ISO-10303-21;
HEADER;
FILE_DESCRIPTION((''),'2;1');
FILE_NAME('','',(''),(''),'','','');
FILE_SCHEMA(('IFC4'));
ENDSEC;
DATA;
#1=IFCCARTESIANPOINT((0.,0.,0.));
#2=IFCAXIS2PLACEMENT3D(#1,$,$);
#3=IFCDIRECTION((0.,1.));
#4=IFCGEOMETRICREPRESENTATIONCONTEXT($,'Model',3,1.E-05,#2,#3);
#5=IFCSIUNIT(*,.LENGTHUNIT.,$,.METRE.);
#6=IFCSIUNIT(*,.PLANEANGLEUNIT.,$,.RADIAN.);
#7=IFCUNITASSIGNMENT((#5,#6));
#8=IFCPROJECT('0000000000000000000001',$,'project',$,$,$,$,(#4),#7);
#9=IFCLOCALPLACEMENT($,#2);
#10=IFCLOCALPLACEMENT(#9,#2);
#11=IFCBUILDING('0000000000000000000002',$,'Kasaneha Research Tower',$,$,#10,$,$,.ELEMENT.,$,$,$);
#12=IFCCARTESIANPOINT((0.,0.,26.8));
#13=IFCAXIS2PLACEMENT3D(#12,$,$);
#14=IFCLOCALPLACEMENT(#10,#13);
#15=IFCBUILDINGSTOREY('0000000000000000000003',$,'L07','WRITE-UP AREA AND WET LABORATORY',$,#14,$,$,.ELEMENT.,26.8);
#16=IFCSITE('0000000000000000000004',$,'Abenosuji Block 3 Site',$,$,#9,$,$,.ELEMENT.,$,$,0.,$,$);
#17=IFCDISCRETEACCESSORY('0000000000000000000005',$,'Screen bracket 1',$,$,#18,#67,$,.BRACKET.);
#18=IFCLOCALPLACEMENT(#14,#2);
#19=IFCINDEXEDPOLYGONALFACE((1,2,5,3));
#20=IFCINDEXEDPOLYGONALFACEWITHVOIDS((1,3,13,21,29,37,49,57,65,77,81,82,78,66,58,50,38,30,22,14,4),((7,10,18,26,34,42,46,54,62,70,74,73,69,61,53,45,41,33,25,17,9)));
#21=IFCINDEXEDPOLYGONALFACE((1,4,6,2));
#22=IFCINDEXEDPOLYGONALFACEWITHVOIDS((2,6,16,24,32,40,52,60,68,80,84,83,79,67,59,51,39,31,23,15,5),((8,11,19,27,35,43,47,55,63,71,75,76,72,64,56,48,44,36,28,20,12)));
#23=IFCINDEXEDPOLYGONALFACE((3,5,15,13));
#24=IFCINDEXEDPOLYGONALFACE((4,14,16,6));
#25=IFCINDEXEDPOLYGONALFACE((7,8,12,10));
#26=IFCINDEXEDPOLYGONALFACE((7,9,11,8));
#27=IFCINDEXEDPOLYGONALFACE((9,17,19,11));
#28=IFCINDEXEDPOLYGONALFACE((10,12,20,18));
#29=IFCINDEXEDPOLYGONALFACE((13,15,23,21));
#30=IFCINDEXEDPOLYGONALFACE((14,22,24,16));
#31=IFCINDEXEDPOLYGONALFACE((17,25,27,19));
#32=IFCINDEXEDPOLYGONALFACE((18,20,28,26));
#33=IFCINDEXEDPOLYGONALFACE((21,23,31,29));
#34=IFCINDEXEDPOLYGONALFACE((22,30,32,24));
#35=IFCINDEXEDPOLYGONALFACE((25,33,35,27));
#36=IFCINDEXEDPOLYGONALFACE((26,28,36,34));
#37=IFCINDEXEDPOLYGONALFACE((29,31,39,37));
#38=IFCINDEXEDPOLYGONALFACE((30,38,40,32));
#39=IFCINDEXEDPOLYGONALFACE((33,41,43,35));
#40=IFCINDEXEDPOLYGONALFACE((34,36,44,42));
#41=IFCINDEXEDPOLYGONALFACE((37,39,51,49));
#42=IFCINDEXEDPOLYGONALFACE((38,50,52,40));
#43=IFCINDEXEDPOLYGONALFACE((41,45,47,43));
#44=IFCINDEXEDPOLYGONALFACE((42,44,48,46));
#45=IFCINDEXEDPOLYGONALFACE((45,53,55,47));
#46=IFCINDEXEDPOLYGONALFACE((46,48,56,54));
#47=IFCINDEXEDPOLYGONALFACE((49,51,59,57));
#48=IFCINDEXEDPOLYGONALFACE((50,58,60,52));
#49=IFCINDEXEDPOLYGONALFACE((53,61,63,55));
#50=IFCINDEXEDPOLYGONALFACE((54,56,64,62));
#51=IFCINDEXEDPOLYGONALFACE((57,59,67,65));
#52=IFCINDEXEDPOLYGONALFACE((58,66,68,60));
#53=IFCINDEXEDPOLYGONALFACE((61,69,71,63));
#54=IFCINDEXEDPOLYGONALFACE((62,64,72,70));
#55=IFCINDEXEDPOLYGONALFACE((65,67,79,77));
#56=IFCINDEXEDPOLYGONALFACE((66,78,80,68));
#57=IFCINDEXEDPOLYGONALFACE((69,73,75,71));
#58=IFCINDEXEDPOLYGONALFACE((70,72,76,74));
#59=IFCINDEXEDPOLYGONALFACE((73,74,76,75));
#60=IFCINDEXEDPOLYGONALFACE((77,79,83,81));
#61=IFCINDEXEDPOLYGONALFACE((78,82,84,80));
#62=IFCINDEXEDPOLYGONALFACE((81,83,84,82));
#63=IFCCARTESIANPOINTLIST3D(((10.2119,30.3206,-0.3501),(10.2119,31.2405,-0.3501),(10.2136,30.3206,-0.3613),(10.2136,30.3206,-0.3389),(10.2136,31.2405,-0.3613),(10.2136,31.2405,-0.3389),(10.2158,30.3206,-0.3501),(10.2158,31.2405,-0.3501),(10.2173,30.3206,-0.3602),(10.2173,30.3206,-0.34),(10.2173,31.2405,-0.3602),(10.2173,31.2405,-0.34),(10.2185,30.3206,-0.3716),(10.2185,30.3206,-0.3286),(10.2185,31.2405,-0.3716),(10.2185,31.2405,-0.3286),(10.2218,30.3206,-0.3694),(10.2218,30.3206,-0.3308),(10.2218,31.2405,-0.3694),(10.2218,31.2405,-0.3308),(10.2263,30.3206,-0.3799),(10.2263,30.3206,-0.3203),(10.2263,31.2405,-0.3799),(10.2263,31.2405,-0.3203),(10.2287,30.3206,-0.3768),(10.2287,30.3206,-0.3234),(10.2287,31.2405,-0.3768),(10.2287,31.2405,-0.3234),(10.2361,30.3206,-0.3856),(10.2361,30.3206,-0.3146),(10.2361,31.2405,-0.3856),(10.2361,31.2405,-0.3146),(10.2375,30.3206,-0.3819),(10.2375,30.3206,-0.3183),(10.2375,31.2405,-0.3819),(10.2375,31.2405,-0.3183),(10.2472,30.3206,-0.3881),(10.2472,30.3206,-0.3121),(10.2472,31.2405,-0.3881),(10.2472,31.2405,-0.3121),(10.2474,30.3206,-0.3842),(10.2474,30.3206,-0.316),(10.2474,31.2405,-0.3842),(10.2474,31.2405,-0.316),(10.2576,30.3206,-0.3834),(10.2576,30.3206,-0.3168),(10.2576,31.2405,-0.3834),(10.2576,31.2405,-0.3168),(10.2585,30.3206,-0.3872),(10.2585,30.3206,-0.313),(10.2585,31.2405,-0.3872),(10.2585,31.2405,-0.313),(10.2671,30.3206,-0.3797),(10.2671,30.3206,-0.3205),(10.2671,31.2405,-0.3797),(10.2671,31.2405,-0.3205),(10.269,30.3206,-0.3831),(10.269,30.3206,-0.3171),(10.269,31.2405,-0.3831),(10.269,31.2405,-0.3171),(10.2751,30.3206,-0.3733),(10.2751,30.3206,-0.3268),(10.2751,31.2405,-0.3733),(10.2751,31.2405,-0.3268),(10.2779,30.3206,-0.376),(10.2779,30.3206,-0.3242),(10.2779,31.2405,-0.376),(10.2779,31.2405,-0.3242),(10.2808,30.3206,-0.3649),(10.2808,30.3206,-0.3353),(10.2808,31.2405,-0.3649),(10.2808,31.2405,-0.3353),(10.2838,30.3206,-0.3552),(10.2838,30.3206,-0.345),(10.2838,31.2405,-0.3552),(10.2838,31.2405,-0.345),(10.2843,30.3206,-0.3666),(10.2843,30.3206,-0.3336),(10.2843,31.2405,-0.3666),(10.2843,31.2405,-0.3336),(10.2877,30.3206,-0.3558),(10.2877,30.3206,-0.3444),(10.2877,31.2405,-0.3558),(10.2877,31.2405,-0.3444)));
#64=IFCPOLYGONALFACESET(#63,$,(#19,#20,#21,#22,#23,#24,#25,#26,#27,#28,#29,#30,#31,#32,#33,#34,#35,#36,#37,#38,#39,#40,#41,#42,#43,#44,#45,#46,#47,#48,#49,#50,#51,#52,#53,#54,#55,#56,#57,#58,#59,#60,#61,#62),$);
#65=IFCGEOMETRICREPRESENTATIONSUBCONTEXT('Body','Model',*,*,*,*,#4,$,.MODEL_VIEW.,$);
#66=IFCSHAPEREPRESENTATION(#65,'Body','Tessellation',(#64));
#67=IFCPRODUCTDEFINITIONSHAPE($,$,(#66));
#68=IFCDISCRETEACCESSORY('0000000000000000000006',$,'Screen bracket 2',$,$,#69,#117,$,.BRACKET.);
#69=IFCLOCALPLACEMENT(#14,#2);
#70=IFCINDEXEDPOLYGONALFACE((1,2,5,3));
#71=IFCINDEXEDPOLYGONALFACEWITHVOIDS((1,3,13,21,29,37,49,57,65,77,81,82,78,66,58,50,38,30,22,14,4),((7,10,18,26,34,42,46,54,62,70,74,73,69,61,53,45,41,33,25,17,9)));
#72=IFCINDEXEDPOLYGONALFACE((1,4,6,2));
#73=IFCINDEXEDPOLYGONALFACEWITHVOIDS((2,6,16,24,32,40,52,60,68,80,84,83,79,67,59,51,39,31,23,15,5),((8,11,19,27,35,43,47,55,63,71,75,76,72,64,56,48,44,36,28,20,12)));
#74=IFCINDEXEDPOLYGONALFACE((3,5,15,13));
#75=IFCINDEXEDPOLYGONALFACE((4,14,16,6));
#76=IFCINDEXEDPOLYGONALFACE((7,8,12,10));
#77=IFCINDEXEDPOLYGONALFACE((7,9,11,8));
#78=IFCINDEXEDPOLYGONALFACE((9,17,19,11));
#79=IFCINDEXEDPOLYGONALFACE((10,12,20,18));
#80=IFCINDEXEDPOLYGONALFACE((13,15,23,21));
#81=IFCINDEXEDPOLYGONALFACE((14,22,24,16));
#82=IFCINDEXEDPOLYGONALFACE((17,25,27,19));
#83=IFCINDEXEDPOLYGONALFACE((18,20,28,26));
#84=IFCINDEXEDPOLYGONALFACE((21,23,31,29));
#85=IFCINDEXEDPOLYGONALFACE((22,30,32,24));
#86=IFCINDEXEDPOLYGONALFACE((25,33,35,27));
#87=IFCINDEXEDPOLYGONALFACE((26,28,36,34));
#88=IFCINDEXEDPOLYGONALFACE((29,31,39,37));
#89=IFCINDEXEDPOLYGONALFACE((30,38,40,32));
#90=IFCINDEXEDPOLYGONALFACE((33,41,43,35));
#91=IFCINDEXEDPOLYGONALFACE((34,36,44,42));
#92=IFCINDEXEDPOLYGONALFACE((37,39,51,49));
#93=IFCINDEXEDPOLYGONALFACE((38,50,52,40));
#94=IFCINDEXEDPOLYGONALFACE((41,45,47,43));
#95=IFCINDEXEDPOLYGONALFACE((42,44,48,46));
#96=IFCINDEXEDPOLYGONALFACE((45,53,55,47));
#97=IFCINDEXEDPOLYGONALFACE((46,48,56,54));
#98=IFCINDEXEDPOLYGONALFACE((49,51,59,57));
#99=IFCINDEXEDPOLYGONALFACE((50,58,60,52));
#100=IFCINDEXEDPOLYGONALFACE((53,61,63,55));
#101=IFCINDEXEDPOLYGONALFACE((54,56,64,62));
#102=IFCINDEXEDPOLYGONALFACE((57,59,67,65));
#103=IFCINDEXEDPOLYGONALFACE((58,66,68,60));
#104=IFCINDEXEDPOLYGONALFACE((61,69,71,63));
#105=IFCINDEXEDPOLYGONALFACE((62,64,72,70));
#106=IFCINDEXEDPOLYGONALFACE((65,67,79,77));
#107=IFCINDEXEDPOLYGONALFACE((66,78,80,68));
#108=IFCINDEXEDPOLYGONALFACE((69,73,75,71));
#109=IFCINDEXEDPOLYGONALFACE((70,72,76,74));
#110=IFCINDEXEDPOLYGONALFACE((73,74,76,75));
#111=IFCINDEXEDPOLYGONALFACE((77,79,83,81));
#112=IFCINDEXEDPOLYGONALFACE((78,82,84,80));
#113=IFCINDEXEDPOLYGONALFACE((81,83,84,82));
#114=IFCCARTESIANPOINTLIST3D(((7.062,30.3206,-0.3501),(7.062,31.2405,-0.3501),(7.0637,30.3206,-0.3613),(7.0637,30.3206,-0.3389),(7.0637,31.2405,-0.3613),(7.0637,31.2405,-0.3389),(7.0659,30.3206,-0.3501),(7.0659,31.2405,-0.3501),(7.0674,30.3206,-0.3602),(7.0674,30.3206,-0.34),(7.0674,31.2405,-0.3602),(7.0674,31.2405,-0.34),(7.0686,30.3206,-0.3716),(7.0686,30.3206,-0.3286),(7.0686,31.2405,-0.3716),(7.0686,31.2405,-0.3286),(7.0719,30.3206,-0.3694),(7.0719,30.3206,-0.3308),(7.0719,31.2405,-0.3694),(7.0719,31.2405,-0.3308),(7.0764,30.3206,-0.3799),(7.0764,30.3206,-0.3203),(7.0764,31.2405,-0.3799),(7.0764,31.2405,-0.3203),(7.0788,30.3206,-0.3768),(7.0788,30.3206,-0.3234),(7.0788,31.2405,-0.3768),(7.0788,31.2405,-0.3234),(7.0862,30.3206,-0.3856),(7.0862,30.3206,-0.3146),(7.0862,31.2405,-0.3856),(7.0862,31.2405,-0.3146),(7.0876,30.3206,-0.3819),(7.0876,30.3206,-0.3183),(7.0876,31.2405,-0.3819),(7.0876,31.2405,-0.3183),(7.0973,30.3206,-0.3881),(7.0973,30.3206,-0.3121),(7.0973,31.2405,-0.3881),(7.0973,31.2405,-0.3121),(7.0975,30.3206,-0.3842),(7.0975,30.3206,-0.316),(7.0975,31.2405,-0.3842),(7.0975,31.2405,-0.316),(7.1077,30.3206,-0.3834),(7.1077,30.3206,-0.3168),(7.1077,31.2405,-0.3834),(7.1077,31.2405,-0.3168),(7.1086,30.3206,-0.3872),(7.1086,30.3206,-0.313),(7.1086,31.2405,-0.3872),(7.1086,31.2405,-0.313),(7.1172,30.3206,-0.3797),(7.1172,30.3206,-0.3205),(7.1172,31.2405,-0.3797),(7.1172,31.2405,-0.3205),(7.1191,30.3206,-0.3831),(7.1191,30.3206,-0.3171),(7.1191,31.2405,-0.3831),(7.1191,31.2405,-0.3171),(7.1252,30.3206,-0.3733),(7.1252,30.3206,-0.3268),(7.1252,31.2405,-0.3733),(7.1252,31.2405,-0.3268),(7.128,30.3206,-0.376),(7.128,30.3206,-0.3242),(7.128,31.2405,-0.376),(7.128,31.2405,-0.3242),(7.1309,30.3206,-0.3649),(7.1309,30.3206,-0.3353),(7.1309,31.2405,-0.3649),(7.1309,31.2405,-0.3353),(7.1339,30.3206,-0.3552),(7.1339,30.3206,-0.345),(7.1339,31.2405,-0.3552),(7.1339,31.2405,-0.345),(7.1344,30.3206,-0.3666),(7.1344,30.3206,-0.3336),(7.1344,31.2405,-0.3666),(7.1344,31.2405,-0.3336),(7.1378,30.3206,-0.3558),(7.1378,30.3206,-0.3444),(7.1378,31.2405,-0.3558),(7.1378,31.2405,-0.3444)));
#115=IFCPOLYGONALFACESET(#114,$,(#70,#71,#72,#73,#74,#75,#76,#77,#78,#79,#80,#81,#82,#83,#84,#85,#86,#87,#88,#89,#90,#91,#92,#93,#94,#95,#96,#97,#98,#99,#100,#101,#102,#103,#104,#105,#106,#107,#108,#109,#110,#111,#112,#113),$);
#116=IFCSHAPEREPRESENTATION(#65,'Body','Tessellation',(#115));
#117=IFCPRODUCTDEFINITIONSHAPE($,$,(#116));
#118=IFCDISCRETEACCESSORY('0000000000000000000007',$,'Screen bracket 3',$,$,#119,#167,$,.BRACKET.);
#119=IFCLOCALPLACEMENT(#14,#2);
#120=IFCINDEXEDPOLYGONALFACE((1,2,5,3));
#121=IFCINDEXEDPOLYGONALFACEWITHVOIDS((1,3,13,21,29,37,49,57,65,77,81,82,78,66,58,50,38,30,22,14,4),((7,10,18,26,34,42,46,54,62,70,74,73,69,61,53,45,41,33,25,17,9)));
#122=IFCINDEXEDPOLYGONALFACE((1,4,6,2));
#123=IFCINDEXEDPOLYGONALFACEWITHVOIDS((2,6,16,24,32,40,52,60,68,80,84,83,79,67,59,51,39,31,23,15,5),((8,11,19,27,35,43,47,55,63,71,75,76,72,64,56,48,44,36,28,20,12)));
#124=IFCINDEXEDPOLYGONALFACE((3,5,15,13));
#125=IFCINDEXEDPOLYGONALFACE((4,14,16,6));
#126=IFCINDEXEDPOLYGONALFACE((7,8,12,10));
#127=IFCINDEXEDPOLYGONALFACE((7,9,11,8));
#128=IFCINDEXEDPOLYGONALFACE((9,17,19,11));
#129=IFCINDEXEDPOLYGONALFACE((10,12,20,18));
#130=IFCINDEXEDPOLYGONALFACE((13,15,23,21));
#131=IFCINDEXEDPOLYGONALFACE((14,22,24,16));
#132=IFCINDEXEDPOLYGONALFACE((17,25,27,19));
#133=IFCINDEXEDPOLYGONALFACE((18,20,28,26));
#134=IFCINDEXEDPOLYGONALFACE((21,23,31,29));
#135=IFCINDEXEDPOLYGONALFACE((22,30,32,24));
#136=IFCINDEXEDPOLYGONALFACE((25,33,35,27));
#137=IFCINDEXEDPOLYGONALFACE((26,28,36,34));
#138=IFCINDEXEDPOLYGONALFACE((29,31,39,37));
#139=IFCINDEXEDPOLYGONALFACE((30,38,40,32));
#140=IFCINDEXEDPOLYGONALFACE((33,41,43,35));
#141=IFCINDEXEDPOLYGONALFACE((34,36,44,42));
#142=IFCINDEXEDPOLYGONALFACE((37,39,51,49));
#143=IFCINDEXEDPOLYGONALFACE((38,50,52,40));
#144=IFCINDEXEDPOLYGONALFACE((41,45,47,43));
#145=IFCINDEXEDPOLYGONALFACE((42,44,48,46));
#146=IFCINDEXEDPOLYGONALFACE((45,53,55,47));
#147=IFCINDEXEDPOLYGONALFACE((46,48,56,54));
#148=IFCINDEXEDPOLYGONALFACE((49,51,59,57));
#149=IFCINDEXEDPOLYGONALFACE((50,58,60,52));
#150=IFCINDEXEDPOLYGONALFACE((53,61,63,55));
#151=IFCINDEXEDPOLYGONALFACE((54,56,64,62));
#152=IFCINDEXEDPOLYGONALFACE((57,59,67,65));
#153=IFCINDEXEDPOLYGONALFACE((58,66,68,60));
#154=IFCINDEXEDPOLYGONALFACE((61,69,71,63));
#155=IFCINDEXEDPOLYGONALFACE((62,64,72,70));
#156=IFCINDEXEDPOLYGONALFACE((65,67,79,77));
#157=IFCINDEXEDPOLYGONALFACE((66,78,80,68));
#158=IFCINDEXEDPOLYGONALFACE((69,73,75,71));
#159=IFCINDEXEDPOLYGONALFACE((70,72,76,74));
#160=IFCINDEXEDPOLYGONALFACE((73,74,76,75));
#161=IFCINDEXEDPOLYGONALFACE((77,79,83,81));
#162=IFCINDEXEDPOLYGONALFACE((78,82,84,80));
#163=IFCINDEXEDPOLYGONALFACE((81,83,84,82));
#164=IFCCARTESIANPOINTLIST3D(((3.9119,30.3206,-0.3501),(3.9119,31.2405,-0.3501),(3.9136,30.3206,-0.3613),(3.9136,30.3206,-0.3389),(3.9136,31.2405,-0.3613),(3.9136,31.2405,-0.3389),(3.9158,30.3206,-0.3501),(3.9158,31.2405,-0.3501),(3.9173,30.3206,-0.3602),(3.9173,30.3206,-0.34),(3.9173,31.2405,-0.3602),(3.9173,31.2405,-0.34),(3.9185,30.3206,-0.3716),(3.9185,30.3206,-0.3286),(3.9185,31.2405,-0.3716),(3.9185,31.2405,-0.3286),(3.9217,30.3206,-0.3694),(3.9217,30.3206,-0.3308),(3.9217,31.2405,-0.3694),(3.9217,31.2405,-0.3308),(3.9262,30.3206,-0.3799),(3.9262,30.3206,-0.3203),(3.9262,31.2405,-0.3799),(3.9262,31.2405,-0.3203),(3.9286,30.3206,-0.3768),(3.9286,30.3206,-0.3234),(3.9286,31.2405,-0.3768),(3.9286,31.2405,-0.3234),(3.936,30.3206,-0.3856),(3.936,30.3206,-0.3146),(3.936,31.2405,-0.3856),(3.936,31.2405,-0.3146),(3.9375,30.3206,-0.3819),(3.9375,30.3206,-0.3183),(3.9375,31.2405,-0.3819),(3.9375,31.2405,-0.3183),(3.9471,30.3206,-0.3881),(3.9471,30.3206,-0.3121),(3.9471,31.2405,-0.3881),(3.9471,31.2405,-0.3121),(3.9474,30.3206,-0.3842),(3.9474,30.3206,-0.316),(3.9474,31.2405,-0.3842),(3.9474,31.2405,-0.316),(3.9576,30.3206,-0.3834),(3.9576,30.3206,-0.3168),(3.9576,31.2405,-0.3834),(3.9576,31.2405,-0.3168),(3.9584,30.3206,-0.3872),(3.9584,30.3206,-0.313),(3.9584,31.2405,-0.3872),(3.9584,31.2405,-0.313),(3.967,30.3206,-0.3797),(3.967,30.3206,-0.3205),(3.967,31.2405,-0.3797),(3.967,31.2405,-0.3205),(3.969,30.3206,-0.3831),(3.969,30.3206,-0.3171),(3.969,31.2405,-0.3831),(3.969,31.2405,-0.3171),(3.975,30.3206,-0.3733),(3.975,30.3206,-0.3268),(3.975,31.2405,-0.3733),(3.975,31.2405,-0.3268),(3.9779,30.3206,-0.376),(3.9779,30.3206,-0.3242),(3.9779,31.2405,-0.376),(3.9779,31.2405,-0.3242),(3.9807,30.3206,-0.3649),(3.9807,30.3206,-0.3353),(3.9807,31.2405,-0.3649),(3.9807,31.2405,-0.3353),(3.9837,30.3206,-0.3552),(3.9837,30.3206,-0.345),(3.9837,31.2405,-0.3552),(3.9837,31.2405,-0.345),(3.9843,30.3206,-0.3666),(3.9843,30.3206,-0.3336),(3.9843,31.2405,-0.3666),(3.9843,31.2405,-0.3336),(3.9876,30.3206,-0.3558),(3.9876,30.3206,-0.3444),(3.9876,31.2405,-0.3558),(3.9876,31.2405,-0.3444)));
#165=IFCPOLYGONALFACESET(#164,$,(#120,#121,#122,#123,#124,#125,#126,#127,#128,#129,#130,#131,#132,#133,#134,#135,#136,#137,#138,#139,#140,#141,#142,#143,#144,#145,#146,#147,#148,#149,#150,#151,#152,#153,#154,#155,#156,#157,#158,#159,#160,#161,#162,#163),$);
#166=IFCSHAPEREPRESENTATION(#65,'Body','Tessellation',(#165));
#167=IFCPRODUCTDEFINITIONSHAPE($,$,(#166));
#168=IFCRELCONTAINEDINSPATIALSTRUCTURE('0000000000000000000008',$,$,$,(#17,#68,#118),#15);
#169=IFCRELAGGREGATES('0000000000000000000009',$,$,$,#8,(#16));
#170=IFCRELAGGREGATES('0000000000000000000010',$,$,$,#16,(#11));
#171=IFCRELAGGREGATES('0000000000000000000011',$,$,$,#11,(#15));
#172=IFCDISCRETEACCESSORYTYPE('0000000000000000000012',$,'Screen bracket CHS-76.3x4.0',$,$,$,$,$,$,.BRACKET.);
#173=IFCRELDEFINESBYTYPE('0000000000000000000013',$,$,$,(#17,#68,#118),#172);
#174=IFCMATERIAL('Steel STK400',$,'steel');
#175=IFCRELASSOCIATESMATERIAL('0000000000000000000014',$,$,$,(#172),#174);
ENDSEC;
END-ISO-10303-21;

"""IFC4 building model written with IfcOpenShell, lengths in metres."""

from ifc_helpers import new_model, si_unit, direction, frame, origin, origin_2d, place, context, subcontext, project, spatial, hollow_circle, extrude, material, material_profile, profile_set, type_object, element, save


model = new_model("IFC4")

# Units and contexts
model_context = context("Model", 3, precision=1e-05, world=origin(), true_north=direction((0.0, 1.0)))
body_context = subcontext(model_context, "Body", "Model", "MODEL_VIEW")
ifc_project = project(units=[si_unit("LENGTHUNIT", "METRE"), si_unit("PLANEANGLEUNIT", "RADIAN")], contexts=[model_context])

# Site, building, storey
site_placement = place(None, origin())
site = spatial("IfcSite", under=ifc_project, at=site_placement, Name="Abenosuji Block 3 Site", CompositionType="ELEMENT", RefElevation=0.0)
building_placement = place(site_placement, origin())
building = spatial("IfcBuilding", under=site, at=building_placement, Name="Kasaneha Research Tower", CompositionType="ELEMENT")
storey_placement = place(building_placement, frame((0.0, 0.0, 26.8)))
storey = spatial("IfcBuildingStorey", under=building, at=storey_placement, Name="L07", Description="WRITE-UP AREA AND WET LABORATORY", CompositionType="ELEMENT", Elevation=26.8)

# Discrete accessories
ifc_material_1 = material(Name="Steel STK400", Category="steel")
ifc_material_profile_1 = material_profile(ifc_material_1, hollow_circle(Radius=0.0381, WallThickness=0.0039, at=origin_2d()), Name="CHS-76.3x4.0")
ifc_profile_set_1 = profile_set([ifc_material_profile_1], Name="Steel STK400")
discrete_accessory_type = type_object("IfcDiscreteAccessoryType", Name="Screen bracket CHS-76.3x4.0", PredefinedType="BRACKET", material=ifc_profile_set_1)
for number, where, z_axis, x_axis, name in (
    (1, (10.25, 30.3206, -0.3501), (0.0, 1.0, 0.0), (-1.0, 0.0, 0.0), "Screen bracket 1"),
    (2, (7.1001, 30.3206, -0.3501), (0.0, 1.0, 0.0), (-1.0, 0.0, 0.0), "Screen bracket 2"),
    (3, (3.95, 30.3206, -0.3501), (0.0, 1.0, 0.0), (-1.0, 0.0, 0.0), "Screen bracket 3"),
):
    element("IfcDiscreteAccessory", number, at=place(storey_placement, frame(where, z_axis=z_axis, x_axis=x_axis)), inside=storey, type_object=discrete_accessory_type, Name=name, PredefinedType="BRACKET", context=body_context, shape_type="SweptSolid", body=[
        extrude(hollow_circle(Radius=0.0381, WallThickness=0.0039, at=origin_2d()), origin(), (0.0, 0.0, 1.0), 0.9199),
    ])

save(model, "model.ifc")
